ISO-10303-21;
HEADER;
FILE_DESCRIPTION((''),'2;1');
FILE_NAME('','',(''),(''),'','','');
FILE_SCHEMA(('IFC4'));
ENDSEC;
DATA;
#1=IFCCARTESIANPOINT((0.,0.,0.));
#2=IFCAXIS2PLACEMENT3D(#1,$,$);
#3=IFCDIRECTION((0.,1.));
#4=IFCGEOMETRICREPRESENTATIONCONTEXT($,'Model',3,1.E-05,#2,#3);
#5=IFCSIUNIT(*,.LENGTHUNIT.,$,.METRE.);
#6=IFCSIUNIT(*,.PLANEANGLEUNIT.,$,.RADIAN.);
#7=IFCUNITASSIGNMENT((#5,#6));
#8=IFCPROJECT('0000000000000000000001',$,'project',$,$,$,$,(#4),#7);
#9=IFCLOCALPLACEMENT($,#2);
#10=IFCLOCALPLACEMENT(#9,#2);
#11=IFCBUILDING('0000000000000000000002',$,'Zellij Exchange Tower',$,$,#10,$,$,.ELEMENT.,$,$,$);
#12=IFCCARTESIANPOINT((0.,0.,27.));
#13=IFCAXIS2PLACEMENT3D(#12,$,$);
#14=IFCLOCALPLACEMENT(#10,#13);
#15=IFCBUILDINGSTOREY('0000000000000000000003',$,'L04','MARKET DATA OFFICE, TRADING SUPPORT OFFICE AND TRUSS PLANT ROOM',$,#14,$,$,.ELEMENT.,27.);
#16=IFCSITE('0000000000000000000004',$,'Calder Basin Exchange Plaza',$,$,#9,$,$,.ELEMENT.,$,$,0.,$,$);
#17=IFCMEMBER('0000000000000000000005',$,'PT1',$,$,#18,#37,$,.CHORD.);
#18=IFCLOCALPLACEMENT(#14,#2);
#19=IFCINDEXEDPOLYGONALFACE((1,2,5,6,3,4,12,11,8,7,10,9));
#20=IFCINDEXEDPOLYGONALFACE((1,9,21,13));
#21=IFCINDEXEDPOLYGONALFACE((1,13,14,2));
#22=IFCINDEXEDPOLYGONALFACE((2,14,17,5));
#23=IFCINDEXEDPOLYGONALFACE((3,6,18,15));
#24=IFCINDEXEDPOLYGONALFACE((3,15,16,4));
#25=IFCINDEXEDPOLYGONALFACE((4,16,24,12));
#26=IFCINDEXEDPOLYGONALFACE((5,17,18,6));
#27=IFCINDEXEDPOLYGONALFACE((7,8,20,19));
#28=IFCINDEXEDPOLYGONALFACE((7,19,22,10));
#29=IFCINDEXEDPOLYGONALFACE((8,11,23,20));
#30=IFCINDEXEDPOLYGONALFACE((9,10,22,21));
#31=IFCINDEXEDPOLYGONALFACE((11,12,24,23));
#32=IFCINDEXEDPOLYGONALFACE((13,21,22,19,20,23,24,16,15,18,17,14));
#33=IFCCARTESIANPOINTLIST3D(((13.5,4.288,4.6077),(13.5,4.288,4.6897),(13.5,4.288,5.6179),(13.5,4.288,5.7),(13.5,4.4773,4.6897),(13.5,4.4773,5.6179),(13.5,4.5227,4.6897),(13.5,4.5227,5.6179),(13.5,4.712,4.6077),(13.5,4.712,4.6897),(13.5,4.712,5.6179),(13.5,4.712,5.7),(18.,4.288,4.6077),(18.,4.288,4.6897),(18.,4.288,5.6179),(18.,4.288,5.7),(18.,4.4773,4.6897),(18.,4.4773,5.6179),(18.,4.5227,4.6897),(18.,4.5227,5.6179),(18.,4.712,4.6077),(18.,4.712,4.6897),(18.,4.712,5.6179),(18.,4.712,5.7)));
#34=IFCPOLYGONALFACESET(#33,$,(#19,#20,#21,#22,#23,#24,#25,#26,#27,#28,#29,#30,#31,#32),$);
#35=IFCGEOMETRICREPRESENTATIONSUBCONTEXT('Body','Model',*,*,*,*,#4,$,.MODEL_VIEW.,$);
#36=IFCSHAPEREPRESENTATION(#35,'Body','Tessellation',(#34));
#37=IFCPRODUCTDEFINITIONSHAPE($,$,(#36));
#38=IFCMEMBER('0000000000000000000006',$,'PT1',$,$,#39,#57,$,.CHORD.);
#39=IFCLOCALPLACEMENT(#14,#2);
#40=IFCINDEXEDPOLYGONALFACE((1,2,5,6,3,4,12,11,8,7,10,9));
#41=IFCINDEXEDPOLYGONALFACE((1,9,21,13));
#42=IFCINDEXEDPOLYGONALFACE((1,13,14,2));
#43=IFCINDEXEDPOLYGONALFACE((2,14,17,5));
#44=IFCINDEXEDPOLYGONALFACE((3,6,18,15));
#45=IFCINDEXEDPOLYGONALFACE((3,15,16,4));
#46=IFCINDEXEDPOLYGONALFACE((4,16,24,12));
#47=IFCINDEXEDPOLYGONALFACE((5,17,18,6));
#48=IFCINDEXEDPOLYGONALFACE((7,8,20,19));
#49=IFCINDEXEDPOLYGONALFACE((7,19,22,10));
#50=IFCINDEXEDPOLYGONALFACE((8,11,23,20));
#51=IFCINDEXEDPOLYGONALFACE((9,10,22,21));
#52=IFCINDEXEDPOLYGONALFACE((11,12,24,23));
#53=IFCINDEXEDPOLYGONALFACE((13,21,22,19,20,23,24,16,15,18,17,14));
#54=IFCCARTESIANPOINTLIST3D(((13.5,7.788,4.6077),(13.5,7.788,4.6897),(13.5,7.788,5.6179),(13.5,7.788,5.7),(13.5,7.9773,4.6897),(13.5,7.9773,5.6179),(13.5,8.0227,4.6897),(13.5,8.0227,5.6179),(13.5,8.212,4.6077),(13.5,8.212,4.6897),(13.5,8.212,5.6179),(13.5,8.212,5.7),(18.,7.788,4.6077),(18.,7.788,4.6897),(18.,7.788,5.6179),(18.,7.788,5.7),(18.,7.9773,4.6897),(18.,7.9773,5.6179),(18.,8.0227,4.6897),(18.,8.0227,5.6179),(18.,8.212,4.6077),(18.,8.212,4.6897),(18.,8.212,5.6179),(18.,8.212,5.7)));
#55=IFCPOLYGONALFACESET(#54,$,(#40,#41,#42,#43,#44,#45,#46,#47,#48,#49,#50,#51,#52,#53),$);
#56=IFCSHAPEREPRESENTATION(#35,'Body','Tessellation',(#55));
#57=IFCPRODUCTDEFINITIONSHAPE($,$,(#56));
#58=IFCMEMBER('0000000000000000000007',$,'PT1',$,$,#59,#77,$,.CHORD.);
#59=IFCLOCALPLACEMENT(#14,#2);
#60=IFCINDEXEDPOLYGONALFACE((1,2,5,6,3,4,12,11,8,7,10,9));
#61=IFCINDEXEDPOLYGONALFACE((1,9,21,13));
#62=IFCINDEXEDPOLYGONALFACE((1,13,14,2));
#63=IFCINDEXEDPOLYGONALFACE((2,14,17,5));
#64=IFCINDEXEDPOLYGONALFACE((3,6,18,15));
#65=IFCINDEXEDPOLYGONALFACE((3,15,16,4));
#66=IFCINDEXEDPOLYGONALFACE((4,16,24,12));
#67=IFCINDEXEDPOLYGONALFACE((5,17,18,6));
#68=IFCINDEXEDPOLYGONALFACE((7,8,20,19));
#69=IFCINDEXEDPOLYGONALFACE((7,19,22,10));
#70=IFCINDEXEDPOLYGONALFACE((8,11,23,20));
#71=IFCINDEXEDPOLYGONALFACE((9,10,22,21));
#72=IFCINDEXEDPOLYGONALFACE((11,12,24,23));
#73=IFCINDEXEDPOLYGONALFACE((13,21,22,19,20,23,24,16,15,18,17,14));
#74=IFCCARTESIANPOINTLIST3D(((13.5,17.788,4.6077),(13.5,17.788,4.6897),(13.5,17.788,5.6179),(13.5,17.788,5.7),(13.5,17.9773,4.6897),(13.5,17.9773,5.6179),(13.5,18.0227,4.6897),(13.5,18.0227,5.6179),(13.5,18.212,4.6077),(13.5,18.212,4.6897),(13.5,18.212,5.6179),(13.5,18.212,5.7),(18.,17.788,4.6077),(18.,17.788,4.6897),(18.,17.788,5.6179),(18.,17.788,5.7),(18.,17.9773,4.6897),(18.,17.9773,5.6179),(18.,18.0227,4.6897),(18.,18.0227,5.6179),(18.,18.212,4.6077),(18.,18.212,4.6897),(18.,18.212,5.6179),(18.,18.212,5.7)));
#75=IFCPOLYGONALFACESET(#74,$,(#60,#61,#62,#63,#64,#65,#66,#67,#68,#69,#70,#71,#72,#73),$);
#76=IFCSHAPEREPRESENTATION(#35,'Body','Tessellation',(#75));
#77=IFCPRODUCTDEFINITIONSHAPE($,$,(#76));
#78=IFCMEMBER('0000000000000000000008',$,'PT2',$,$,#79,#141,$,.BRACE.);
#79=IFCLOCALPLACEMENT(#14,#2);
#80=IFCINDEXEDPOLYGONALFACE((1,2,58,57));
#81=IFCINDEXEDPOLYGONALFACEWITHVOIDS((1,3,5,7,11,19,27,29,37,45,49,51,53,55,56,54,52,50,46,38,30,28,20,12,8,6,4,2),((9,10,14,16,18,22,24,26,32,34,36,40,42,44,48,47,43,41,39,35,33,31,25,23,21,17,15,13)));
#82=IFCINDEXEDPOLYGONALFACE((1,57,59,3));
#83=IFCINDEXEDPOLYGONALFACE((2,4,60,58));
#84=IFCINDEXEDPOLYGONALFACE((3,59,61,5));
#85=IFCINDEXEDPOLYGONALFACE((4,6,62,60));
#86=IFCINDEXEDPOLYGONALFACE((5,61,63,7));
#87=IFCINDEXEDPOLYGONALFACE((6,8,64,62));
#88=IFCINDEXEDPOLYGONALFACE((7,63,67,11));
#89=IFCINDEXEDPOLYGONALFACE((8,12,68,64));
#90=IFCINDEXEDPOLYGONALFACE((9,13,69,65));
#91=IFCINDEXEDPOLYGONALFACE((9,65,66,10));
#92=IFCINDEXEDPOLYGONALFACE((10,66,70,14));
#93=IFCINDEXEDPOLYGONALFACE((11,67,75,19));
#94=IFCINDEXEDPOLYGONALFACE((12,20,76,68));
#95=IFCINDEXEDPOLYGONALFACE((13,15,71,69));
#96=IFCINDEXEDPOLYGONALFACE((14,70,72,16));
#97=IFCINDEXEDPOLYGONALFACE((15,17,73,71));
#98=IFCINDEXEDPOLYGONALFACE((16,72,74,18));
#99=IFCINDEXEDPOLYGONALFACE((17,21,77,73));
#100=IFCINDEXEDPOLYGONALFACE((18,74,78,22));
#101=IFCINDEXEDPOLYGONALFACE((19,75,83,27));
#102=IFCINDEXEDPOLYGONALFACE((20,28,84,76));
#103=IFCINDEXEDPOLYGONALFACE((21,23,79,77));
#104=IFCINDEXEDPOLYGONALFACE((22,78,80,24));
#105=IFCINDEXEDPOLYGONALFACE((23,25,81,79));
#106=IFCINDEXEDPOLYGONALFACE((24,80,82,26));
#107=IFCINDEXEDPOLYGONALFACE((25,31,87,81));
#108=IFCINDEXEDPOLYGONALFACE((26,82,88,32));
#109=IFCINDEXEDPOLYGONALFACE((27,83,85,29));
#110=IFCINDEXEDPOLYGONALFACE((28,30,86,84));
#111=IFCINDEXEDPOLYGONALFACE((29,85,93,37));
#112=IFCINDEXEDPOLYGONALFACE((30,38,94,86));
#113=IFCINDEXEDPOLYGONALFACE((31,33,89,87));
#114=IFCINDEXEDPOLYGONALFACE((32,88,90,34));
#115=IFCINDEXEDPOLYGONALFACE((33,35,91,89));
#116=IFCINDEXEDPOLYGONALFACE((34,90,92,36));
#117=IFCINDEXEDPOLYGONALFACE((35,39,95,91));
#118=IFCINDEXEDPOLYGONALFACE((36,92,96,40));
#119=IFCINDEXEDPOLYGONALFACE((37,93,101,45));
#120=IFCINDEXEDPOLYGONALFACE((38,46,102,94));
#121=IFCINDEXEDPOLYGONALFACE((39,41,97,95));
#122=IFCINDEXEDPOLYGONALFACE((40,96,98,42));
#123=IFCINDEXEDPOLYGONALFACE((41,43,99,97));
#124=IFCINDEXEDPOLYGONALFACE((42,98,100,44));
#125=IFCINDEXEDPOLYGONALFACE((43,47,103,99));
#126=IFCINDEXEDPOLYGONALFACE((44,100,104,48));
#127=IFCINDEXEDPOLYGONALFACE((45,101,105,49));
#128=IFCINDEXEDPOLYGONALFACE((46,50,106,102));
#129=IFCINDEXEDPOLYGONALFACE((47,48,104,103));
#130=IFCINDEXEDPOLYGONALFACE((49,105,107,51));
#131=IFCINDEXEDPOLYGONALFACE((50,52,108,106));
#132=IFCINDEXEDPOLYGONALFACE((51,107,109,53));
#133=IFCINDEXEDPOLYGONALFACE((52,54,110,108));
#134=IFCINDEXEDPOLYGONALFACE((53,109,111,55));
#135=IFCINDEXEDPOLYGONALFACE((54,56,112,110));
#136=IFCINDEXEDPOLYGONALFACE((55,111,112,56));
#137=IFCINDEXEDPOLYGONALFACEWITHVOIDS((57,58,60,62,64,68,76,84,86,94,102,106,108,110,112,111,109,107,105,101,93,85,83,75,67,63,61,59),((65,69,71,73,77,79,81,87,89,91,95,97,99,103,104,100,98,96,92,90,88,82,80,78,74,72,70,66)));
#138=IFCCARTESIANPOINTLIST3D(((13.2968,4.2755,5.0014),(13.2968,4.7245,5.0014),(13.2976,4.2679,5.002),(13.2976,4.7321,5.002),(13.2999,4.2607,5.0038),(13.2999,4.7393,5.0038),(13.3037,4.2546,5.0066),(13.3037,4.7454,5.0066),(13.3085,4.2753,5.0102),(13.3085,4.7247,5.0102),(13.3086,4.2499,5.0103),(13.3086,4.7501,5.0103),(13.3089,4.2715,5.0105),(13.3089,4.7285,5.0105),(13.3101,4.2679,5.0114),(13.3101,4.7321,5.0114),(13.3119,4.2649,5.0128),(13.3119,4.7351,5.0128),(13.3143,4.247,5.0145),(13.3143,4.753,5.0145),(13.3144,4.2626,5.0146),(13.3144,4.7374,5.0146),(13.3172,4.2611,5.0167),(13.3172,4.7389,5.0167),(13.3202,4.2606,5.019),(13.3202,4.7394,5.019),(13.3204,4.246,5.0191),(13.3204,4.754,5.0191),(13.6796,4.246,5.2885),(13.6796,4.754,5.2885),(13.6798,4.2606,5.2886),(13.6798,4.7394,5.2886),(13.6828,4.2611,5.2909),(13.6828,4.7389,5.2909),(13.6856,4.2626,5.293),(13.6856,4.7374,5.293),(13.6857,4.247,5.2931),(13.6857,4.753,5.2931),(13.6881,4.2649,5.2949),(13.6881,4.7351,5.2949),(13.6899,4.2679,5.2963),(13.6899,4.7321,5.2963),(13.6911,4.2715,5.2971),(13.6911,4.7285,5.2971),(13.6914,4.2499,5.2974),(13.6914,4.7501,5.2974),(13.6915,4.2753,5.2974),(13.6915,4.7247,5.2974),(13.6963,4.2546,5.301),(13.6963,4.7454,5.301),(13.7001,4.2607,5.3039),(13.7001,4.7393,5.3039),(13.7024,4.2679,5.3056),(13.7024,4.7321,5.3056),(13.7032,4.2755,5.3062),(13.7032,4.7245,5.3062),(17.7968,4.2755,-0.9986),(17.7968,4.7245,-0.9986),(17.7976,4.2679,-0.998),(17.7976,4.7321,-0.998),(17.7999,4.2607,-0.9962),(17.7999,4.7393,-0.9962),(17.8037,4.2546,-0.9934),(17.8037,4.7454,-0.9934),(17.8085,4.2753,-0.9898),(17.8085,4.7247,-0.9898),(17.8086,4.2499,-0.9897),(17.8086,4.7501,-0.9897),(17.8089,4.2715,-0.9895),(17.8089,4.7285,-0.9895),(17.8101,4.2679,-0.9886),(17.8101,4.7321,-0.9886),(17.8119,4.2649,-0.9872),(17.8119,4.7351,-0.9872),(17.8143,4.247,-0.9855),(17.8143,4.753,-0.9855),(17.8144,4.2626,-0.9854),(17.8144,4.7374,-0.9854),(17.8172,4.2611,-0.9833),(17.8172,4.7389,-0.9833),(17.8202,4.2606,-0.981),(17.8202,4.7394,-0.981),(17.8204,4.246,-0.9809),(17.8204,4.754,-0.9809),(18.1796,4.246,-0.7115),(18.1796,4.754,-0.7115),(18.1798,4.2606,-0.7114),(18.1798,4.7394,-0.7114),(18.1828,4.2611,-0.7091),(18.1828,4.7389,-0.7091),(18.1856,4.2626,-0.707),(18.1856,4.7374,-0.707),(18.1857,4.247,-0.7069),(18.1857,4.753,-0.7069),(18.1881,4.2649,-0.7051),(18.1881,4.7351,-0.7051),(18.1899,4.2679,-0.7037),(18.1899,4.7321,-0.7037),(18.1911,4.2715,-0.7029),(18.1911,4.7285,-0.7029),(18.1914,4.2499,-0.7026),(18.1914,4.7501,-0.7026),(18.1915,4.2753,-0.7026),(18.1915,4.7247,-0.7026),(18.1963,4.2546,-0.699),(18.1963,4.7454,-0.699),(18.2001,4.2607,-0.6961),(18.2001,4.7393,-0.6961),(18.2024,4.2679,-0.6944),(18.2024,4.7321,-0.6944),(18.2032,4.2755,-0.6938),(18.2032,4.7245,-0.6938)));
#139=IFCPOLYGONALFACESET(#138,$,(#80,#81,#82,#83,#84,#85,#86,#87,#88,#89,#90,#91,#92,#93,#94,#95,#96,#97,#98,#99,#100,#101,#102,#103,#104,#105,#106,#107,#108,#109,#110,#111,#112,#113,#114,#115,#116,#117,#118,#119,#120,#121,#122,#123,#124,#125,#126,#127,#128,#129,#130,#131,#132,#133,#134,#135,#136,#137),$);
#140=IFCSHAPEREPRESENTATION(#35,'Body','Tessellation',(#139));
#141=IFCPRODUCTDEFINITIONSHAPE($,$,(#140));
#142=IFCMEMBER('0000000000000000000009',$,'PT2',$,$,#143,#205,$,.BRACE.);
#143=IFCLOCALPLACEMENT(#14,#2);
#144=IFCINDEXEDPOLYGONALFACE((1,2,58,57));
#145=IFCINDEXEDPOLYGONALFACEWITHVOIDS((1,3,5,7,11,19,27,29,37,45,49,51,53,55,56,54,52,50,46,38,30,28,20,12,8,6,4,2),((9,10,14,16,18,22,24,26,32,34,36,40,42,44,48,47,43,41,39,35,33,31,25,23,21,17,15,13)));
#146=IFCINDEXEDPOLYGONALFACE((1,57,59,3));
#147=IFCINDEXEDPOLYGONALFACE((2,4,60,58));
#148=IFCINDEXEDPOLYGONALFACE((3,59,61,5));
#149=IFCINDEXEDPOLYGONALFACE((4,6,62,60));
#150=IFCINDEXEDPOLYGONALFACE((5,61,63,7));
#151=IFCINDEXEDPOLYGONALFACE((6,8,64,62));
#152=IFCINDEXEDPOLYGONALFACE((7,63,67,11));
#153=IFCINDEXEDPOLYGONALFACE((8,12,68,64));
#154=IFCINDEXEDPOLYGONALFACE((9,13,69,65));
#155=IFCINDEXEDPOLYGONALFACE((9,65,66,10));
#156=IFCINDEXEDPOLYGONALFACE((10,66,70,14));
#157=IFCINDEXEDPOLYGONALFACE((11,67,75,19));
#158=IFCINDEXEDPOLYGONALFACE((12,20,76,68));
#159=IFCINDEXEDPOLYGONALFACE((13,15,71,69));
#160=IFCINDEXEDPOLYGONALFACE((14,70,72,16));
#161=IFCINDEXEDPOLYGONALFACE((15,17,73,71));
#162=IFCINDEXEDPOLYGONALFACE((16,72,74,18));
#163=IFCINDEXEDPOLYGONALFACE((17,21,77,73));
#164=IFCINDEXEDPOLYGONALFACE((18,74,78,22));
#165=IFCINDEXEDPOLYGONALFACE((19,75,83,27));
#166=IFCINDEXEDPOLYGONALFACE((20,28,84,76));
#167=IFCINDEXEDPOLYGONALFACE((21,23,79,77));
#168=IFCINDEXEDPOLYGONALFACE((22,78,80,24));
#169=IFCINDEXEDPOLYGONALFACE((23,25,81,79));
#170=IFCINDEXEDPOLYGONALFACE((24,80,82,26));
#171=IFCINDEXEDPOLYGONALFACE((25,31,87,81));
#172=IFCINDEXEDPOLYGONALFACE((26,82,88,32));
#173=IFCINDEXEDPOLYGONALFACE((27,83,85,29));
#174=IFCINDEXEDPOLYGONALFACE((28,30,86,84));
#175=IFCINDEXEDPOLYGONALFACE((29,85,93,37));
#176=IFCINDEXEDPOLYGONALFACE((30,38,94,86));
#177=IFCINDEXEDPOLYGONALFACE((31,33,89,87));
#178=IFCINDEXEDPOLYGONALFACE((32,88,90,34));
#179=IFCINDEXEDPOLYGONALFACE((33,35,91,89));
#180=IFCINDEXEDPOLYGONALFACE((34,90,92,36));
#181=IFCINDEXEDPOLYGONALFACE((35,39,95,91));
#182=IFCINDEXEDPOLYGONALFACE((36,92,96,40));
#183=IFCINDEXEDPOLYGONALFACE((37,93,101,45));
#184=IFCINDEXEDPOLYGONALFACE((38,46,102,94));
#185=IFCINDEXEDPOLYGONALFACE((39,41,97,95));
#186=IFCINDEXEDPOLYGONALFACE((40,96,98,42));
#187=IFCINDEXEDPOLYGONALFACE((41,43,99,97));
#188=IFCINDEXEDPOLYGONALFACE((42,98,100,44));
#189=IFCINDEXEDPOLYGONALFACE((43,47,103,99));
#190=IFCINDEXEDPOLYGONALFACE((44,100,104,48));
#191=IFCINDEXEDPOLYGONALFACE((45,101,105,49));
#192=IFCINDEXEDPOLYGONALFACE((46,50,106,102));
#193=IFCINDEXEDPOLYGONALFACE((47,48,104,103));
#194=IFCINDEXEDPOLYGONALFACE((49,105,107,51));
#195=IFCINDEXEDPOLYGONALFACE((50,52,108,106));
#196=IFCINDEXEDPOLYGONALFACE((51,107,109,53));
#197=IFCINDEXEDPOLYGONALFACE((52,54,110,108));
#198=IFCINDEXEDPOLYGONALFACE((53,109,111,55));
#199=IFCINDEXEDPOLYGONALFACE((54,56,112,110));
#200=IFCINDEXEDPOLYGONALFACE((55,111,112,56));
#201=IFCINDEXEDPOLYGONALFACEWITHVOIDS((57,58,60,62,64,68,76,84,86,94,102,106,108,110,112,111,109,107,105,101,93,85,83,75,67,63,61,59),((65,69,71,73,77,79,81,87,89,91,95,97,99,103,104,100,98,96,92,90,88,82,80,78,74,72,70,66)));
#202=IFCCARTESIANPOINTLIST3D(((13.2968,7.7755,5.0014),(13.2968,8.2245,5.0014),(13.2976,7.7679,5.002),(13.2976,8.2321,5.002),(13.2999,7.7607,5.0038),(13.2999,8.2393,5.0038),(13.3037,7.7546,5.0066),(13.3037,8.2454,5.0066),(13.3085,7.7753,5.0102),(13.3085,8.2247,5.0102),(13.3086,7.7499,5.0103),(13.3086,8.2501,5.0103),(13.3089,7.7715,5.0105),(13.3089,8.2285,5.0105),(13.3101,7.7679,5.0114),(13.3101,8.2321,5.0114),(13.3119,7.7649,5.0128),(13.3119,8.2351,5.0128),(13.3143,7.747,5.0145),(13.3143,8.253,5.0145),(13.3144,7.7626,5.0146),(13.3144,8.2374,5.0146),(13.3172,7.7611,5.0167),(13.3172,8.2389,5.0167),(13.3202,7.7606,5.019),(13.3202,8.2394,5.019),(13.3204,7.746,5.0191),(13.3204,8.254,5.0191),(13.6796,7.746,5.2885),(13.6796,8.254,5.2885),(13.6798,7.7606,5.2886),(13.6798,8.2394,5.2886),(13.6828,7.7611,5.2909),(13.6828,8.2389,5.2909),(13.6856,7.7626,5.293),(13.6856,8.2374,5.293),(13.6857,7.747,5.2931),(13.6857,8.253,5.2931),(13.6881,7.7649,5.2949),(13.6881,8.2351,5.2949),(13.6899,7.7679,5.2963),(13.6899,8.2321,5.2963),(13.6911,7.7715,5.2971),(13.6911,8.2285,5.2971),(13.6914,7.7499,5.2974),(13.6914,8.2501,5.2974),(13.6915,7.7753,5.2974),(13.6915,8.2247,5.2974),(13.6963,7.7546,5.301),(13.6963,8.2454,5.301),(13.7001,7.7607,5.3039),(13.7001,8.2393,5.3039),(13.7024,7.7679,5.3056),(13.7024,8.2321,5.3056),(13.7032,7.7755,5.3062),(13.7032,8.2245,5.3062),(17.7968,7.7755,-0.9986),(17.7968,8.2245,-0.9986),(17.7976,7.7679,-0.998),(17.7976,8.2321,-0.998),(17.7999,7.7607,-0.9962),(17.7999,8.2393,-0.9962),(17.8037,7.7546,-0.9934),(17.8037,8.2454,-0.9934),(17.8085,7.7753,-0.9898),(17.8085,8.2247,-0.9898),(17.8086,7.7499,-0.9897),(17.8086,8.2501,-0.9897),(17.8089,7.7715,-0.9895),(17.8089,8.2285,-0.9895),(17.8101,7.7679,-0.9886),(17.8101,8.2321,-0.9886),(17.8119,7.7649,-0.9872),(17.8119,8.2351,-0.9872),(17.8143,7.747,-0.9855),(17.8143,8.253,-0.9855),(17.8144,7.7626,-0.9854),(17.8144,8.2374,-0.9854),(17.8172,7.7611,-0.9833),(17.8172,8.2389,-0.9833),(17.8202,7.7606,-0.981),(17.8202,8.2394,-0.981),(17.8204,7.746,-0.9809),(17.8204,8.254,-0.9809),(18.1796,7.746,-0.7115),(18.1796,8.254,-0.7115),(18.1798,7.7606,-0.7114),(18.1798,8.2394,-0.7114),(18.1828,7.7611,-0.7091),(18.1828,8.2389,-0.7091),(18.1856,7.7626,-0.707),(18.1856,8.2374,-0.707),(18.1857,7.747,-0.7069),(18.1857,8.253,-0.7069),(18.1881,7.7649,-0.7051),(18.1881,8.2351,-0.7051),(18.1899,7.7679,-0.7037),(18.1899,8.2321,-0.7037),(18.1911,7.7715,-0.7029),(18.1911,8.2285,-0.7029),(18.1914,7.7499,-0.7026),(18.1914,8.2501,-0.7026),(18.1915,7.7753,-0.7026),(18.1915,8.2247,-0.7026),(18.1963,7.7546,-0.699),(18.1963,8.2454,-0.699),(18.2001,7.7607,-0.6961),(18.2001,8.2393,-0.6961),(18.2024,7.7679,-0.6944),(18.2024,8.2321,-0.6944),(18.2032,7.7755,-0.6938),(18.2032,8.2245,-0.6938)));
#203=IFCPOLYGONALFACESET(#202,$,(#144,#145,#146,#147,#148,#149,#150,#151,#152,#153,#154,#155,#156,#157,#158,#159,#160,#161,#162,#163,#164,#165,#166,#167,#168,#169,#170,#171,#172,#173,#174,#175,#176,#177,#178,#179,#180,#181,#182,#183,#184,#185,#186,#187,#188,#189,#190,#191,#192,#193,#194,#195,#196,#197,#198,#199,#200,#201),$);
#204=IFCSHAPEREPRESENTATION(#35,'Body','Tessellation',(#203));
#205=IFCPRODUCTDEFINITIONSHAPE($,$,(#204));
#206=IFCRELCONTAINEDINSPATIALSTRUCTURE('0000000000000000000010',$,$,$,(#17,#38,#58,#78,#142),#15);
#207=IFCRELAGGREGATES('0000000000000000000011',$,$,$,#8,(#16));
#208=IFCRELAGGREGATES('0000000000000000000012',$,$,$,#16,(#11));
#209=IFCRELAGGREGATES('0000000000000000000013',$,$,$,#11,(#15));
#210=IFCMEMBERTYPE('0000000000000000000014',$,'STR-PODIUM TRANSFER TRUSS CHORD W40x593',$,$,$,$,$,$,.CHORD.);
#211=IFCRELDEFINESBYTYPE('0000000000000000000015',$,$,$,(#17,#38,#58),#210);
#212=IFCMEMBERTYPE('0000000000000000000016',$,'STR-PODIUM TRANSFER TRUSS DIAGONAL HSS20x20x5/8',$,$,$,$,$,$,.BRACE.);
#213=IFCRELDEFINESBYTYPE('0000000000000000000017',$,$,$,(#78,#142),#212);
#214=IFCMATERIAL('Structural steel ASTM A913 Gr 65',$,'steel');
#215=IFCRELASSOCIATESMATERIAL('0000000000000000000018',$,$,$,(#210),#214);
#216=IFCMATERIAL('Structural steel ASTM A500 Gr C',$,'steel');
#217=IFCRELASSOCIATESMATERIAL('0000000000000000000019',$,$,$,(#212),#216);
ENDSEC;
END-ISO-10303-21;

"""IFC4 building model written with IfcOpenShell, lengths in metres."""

from ifc_helpers import new_model, si_unit, direction, frame, origin, origin_2d, place, context, subcontext, project, spatial, hollow_rectangle, i_section, extrude, material, material_profile, profile_set, type_object, element, save


model = new_model("IFC4")

# Units and contexts
model_context = context("Model", 3, precision=1e-05, world=origin(), true_north=direction((0.0, 1.0)))
body_context = subcontext(model_context, "Body", "Model", "MODEL_VIEW")
ifc_project = project(units=[si_unit("LENGTHUNIT", "METRE"), si_unit("PLANEANGLEUNIT", "RADIAN")], contexts=[model_context])

# Site, building, storey
site_placement = place(None, origin())
site = spatial("IfcSite", under=ifc_project, at=site_placement, Name="Calder Basin Exchange Plaza", CompositionType="ELEMENT", RefElevation=0.0)
building_placement = place(site_placement, origin())
building = spatial("IfcBuilding", under=site, at=building_placement, Name="Zellij Exchange Tower", CompositionType="ELEMENT")
storey_placement = place(building_placement, frame((0.0, 0.0, 27.0)))
storey = spatial("IfcBuildingStorey", under=building, at=storey_placement, Name="L04", Description="MARKET DATA OFFICE, TRADING SUPPORT OFFICE AND TRUSS PLANT ROOM", CompositionType="ELEMENT", Elevation=27.0)

# Shared definitions
ifc_material_1 = material(Name="Structural steel ASTM A913 Gr 65", Category="steel")

# Members
ifc_material_profile_1 = material_profile(ifc_material_1, i_section(OverallWidth=0.4241, OverallDepth=1.0923, WebThickness=0.0454, FlangeThickness=0.082, at=origin_2d()), Name="W40x593")
ifc_profile_set_1 = profile_set([ifc_material_profile_1], Name="Structural steel ASTM A913 Gr 65")
member_type_1 = type_object("IfcMemberType", Name="STR-PODIUM TRANSFER TRUSS CHORD W40x593", PredefinedType="CHORD", material=ifc_profile_set_1)
for number, where, z_axis, x_axis, name in (
    (1, (13.5, 4.5, 5.1538), (1.0, 0.0, 0.0), (0.0, 1.0, 0.0), "PT1"),
    (2, (13.5, 8.0, 5.1538), (1.0, 0.0, 0.0), (0.0, 1.0, 0.0), "PT1"),
    (3, (13.5, 18.0, 5.1538), (1.0, 0.0, 0.0), (0.0, 1.0, 0.0), "PT1"),
):
    element("IfcMember", number, at=place(storey_placement, frame(where, z_axis=z_axis, x_axis=x_axis)), inside=storey, type_object=member_type_1, Name=name, PredefinedType="CHORD", context=body_context, shape_type="SweptSolid", body=[
        extrude(i_section(OverallWidth=0.4241, OverallDepth=1.0923, WebThickness=0.0454, FlangeThickness=0.082, at=origin_2d()), origin(), (0.0, 0.0, 1.0), 4.5),
    ])
ifc_material_2 = material(Name="Structural steel ASTM A500 Gr C", Category="steel")
ifc_material_profile_2 = material_profile(ifc_material_2, hollow_rectangle(XDim=0.5081, YDim=0.5081, WallThickness=0.0146, InnerFilletRadius=0.0146, OuterFilletRadius=0.0295, at=origin_2d()), Name="STR-PODIUM TRANSFER TRUSS DIAGONAL HSS20x20x5/8")
ifc_profile_set_2 = profile_set([ifc_material_profile_2], Name="Structural steel ASTM A500 Gr C")
member_type_2 = type_object("IfcMemberType", Name="STR-PODIUM TRANSFER TRUSS DIAGONAL HSS20x20x5/8", PredefinedType="BRACE", material=ifc_profile_set_2)
for number, where, z_axis, x_axis, name in (
    (4, (13.5, 4.5, 5.1538), (0.6, 0.0, -0.8), (0.0, 1.0, 0.0), "PT2"),
    (5, (13.5, 8.0, 5.1538), (0.6, 0.0, -0.8), (0.0, 1.0, 0.0), "PT2"),
):
    element("IfcMember", number, at=place(storey_placement, frame(where, z_axis=z_axis, x_axis=x_axis)), inside=storey, type_object=member_type_2, Name=name, PredefinedType="BRACE", context=body_context, shape_type="SweptSolid", body=[
        extrude(hollow_rectangle(XDim=0.5081, YDim=0.5081, WallThickness=0.0146, InnerFilletRadius=0.0146, OuterFilletRadius=0.0295, at=origin_2d()), origin(), (0.0, 0.0, 1.0), 7.5),
    ])

save(model, "model.ifc")
